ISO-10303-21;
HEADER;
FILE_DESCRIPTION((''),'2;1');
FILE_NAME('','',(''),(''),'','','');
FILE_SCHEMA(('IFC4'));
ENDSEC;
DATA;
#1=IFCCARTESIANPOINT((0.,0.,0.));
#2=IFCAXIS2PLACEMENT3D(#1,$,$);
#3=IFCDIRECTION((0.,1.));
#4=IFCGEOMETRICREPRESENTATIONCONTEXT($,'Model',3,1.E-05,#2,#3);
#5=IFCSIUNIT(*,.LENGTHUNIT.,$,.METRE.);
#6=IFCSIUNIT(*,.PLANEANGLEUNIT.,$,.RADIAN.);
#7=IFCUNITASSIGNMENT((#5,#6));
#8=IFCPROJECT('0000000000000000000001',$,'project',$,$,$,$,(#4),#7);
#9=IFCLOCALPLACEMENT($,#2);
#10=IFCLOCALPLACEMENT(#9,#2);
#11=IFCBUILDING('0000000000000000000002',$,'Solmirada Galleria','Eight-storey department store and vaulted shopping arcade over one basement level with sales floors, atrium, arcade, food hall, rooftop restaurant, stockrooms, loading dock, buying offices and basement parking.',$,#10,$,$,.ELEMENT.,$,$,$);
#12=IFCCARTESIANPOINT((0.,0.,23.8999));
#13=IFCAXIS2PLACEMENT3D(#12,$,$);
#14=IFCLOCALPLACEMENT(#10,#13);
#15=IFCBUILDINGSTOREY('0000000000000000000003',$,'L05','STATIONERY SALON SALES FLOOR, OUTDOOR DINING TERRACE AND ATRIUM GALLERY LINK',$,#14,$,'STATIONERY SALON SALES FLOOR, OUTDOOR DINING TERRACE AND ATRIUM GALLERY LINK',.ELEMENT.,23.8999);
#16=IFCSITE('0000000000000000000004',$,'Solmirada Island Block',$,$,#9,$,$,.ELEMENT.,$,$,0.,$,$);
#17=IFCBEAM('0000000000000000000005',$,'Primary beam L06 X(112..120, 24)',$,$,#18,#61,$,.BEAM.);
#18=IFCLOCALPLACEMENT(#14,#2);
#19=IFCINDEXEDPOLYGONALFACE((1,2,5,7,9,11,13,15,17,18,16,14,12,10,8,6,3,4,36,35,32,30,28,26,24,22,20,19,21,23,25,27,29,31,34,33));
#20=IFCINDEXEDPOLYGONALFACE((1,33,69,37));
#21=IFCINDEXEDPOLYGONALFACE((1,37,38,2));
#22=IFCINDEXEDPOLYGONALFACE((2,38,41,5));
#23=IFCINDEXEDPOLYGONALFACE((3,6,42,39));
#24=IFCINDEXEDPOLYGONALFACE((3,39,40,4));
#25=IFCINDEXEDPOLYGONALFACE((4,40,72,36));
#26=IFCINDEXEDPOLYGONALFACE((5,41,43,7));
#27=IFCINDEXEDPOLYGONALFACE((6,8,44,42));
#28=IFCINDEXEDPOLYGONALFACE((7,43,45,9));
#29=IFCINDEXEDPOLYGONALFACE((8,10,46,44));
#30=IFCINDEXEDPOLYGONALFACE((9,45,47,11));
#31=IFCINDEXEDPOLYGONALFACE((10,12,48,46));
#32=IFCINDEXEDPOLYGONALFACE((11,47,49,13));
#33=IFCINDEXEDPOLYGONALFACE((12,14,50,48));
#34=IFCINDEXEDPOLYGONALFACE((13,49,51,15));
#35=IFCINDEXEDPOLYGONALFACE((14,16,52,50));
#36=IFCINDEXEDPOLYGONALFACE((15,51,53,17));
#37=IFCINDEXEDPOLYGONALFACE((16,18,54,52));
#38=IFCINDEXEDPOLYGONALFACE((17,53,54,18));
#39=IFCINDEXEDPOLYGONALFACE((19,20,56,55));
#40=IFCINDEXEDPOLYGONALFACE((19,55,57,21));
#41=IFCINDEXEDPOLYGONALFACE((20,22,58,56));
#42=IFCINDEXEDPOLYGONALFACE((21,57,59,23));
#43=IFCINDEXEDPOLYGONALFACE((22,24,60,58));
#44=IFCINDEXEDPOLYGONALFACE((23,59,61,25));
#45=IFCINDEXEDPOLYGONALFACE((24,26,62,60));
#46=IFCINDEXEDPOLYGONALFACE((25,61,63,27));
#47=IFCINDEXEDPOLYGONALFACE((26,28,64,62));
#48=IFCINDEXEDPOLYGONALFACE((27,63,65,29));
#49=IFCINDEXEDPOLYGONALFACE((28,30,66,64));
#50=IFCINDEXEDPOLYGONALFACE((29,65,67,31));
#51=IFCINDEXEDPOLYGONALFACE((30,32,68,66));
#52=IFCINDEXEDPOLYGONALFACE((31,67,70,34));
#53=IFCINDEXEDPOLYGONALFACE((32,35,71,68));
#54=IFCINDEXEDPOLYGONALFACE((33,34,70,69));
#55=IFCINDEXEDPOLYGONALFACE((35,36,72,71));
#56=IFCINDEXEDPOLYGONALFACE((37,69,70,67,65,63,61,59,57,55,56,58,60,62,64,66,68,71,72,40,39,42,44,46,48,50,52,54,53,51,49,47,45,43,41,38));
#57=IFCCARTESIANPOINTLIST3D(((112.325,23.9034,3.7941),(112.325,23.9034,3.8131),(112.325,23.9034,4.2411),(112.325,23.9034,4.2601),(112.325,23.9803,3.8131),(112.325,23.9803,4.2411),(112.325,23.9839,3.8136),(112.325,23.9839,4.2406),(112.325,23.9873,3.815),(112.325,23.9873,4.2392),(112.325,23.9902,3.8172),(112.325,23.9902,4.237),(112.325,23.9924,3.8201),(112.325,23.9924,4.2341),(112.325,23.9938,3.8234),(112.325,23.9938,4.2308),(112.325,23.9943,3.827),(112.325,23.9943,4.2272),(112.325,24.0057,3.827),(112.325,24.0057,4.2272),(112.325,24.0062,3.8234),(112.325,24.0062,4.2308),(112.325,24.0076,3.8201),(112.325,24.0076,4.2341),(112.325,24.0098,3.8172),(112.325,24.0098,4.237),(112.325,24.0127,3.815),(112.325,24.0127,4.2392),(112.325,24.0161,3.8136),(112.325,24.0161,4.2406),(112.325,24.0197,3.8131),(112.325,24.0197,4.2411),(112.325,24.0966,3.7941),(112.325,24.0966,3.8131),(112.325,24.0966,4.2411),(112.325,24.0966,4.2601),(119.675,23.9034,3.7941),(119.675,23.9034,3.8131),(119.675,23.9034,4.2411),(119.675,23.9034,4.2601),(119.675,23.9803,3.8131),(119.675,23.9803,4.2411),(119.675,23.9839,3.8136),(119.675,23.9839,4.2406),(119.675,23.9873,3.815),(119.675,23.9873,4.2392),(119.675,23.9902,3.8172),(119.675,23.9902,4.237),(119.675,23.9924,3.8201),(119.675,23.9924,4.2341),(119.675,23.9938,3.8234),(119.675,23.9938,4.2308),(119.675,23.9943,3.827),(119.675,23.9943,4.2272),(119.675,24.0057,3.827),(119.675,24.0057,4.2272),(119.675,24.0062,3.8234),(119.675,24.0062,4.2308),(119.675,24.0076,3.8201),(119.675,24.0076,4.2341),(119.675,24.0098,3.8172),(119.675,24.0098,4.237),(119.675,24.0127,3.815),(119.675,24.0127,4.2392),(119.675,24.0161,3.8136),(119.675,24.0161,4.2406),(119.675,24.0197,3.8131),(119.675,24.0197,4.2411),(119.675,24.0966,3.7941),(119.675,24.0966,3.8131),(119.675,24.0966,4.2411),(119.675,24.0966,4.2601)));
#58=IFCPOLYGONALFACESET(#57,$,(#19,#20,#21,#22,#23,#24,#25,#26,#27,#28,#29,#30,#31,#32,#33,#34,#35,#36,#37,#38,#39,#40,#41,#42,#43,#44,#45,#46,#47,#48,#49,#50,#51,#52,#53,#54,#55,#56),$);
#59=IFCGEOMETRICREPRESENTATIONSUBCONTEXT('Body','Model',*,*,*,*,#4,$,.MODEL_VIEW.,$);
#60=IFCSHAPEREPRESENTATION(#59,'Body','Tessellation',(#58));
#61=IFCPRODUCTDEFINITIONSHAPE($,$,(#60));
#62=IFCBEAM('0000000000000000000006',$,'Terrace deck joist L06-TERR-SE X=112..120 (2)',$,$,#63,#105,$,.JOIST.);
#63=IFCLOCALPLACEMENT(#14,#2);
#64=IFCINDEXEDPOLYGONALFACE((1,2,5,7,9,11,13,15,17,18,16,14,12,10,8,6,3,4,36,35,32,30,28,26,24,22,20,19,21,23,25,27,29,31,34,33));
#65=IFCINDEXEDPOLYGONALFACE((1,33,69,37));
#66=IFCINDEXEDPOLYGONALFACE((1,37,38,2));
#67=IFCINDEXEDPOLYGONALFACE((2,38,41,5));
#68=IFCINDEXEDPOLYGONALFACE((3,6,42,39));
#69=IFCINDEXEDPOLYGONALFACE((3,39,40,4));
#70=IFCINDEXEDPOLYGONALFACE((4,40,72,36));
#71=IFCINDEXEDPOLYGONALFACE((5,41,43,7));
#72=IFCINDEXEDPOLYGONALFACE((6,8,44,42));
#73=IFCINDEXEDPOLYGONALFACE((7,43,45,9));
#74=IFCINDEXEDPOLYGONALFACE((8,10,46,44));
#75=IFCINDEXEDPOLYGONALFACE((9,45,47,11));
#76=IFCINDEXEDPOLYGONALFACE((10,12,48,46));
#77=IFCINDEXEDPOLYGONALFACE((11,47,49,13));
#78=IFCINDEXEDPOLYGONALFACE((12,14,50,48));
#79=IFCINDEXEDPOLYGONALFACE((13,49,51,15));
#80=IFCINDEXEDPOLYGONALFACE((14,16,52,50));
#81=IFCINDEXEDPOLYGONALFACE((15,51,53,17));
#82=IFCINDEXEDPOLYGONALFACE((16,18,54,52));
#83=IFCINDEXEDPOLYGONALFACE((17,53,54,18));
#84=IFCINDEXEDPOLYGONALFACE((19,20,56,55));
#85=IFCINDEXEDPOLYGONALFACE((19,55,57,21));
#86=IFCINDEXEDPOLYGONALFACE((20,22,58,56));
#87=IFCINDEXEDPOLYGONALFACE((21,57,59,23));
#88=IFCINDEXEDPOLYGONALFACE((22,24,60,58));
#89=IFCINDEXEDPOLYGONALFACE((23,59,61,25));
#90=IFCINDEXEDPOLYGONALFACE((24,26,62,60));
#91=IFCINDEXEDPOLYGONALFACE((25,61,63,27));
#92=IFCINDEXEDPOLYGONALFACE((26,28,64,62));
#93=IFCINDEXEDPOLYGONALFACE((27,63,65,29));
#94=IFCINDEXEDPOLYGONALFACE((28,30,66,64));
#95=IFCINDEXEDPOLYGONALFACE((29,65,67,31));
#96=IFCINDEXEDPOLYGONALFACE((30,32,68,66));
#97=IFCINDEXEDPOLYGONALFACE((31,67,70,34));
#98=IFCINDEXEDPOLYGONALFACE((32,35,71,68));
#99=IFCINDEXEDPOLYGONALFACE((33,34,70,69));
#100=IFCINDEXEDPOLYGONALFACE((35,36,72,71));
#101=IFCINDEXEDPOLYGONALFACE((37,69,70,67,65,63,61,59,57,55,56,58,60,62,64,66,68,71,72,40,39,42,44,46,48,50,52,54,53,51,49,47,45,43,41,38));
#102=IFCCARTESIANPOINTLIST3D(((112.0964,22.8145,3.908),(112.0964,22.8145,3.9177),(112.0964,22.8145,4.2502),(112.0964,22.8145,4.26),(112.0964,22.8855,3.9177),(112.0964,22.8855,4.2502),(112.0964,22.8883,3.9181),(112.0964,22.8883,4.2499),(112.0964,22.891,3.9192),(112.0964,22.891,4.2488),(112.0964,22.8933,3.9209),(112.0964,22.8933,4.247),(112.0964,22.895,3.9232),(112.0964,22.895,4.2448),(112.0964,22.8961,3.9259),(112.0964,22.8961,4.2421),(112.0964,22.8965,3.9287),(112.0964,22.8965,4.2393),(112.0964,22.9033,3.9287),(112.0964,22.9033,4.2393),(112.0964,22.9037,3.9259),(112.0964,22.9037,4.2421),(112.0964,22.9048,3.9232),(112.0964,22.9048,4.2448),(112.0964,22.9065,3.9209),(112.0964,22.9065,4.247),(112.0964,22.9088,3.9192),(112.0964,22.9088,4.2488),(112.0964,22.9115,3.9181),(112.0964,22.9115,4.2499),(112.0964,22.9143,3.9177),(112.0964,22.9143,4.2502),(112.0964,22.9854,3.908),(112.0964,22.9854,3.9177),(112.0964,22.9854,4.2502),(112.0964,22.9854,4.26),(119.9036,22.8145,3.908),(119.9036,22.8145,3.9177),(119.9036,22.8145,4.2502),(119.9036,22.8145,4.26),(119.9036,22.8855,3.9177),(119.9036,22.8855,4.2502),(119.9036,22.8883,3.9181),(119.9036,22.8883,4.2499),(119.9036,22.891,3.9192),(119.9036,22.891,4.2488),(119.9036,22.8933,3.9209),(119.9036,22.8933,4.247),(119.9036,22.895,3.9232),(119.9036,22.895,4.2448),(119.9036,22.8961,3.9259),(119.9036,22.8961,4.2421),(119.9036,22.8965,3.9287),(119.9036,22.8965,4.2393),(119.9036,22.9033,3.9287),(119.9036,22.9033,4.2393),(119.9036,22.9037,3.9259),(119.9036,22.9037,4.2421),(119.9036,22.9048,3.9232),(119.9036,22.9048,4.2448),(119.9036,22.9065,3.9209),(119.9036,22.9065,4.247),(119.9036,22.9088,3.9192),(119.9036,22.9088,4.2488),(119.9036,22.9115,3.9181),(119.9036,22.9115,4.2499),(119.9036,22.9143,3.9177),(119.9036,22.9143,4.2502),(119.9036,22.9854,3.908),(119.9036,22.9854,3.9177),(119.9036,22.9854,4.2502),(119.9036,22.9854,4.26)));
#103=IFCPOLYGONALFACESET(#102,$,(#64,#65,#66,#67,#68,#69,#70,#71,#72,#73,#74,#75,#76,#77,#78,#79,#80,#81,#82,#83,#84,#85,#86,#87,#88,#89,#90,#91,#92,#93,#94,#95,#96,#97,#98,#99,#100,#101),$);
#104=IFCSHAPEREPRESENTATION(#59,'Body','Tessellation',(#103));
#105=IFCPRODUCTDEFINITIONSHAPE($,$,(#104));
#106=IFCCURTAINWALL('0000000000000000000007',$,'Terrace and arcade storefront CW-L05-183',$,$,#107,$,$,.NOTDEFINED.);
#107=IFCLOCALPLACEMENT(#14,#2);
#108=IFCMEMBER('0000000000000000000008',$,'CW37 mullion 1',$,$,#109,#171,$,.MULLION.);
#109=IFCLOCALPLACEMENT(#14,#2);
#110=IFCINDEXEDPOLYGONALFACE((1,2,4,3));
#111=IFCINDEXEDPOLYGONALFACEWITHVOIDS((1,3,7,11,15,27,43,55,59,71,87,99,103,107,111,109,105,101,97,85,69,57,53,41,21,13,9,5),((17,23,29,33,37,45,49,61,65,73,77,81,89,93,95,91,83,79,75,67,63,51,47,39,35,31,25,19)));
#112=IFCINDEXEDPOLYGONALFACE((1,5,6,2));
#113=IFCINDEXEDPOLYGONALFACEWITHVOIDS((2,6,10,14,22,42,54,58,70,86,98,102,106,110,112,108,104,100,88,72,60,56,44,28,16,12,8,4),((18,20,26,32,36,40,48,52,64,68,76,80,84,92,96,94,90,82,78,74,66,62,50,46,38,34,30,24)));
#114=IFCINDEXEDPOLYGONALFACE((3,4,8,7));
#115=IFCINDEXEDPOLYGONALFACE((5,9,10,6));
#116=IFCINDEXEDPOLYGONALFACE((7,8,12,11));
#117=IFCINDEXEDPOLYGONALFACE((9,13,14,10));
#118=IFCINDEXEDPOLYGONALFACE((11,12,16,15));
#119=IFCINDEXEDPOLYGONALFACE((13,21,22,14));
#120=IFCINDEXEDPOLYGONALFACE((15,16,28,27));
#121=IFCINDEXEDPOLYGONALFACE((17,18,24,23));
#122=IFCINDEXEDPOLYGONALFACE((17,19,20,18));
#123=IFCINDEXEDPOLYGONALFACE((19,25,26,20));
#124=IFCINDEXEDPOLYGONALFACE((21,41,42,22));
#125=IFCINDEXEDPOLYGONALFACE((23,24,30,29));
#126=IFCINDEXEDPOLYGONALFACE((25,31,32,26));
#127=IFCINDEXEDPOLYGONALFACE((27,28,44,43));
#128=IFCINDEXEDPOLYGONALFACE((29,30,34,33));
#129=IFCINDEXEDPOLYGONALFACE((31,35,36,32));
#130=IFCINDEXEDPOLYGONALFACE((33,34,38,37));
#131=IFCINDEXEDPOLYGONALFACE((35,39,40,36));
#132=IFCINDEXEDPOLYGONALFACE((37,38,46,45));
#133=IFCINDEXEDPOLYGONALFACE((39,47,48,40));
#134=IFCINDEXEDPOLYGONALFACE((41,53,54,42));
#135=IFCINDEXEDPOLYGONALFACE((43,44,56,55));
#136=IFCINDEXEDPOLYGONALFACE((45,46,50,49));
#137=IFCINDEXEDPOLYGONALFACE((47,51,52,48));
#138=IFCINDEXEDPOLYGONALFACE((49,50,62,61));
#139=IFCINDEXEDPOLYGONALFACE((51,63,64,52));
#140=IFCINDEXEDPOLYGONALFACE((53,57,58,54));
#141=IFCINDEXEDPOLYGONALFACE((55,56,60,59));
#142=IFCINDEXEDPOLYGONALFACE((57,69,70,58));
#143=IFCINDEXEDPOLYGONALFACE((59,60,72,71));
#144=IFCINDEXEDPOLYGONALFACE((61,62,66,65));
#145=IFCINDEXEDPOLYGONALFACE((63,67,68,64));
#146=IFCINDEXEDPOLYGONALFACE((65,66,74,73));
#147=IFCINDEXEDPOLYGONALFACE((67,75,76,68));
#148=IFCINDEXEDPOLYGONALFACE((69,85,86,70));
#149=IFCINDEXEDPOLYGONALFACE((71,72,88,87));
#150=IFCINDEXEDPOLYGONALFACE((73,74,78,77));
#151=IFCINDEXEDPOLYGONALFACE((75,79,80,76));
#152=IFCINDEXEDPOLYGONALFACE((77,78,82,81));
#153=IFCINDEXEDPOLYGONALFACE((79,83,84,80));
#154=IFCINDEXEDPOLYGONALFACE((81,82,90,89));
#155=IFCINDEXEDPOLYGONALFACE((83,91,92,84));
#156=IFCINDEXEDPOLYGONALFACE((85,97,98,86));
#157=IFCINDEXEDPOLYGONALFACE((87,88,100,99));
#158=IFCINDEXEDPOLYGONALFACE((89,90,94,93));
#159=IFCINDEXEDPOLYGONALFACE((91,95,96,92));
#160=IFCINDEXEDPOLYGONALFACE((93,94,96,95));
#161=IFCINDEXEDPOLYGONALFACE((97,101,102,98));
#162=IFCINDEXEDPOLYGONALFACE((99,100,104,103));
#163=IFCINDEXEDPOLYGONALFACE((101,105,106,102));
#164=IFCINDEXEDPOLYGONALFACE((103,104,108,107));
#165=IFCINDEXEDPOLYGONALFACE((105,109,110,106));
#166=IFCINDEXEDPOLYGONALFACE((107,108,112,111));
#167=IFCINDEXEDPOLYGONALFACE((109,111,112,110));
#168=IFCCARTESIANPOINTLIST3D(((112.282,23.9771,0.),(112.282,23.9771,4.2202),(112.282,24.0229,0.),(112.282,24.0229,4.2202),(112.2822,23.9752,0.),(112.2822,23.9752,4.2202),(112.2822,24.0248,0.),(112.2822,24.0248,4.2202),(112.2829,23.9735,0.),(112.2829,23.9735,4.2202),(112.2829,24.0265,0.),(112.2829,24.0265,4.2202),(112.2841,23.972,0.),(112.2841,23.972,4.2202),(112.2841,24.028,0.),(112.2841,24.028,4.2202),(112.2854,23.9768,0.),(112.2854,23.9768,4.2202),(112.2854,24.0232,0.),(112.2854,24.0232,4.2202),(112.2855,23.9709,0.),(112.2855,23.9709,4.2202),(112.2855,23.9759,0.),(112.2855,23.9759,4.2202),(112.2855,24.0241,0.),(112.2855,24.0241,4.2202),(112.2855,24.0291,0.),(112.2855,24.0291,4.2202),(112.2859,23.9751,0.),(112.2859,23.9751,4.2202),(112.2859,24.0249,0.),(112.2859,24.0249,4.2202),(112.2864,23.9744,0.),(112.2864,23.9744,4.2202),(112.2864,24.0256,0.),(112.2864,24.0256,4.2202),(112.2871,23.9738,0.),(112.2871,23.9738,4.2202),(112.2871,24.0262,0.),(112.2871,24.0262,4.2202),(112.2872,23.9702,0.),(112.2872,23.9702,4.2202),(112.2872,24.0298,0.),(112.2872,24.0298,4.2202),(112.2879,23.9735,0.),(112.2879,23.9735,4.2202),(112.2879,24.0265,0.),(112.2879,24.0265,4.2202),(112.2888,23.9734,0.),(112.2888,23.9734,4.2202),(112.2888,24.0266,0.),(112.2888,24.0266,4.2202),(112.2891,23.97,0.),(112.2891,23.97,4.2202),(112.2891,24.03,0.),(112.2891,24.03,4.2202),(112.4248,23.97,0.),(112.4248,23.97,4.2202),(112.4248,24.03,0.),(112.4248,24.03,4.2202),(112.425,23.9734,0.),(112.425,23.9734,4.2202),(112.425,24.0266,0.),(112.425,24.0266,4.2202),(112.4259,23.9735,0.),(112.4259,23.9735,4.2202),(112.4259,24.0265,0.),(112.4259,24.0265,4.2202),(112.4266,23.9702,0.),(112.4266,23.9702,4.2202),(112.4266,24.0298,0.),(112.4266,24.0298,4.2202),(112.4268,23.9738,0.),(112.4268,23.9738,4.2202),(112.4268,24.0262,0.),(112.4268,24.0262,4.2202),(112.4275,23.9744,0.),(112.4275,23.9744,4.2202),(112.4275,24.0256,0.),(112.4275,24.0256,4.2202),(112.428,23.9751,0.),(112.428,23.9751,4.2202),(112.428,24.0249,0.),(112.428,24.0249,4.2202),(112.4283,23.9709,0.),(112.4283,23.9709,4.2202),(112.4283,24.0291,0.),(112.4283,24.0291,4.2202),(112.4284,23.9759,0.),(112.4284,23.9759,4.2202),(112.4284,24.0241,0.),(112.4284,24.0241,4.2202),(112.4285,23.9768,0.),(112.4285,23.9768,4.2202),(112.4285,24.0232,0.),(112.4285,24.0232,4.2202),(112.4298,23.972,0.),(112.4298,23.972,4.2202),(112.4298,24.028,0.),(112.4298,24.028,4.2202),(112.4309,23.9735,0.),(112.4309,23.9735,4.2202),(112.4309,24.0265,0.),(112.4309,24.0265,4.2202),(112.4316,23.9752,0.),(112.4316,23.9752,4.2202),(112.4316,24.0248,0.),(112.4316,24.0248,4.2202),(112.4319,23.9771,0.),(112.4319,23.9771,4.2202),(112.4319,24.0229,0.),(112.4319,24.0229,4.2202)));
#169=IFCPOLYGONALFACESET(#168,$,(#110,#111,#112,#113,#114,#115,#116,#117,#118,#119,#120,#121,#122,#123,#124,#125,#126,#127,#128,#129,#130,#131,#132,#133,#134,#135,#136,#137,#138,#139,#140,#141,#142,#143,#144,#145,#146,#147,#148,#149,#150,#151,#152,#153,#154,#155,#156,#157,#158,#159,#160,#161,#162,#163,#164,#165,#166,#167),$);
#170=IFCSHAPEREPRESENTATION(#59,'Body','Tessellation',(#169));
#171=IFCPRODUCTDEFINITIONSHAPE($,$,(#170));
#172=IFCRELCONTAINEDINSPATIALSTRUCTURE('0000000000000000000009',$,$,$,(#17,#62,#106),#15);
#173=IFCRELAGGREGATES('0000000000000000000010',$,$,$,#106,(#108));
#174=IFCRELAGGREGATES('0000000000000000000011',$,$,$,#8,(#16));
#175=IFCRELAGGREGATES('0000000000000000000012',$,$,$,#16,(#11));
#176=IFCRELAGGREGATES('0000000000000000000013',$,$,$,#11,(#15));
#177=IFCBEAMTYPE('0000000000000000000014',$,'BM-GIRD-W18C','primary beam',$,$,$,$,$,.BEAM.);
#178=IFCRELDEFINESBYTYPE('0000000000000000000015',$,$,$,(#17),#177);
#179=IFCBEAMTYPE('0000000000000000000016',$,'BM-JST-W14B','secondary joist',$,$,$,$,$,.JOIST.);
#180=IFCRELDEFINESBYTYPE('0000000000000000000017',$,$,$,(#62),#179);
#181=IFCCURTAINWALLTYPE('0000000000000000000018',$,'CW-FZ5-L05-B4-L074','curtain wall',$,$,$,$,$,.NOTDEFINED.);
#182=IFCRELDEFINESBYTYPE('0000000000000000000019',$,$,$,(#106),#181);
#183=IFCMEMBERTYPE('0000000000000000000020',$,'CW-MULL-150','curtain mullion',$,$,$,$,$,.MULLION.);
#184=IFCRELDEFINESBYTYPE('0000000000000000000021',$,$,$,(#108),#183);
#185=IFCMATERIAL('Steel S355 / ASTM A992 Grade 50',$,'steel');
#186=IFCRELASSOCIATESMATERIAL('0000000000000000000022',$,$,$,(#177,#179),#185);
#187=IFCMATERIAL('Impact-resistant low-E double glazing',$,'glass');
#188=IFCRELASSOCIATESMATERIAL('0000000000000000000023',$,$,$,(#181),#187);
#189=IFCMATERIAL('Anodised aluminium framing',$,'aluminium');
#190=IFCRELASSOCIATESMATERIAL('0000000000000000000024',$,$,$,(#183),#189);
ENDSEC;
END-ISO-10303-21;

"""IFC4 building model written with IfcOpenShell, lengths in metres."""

from ifc_helpers import new_model, si_unit, direction, frame, origin, origin_2d, place, context, subcontext, project, spatial, hollow_rectangle, i_section, extrude, material, material_profile, profile_set, type_object, element, aggregate, save


model = new_model("IFC4")

# Units and contexts
model_context = context("Model", 3, precision=1e-05, world=origin(), true_north=direction((0.0, 1.0)))
body_context = subcontext(model_context, "Body", "Model", "MODEL_VIEW")
ifc_project = project(units=[si_unit("LENGTHUNIT", "METRE"), si_unit("PLANEANGLEUNIT", "RADIAN")], contexts=[model_context])

# Site, building, storey
site_placement = place(None, origin())
site = spatial("IfcSite", under=ifc_project, at=site_placement, Name="Solmirada Island Block", CompositionType="ELEMENT", RefElevation=0.0)
building_placement = place(site_placement, origin())
building = spatial("IfcBuilding", under=site, at=building_placement, Name="Solmirada Galleria", Description="Eight-storey department store and vaulted shopping arcade over one basement level with sales floors, atrium, arcade, food hall, rooftop restaurant, stockrooms, loading dock, buying offices and basement parking.", CompositionType="ELEMENT")
storey_placement = place(building_placement, frame((0.0, 0.0, 23.8999)))
storey = spatial("IfcBuildingStorey", under=building, at=storey_placement, Name="L05", Description="STATIONERY SALON SALES FLOOR, OUTDOOR DINING TERRACE AND ATRIUM GALLERY LINK", LongName="STATIONERY SALON SALES FLOOR, OUTDOOR DINING TERRACE AND ATRIUM GALLERY LINK", CompositionType="ELEMENT", Elevation=23.8999)

# Beams
ifc_material_1 = material(Name="Steel S355 / ASTM A992 Grade 50", Category="steel")
ifc_material_profile_1 = material_profile(ifc_material_1, i_section(OverallWidth=0.1931, OverallDepth=0.4661, WebThickness=0.0115, FlangeThickness=0.019, FilletRadius=0.0139, at=origin_2d()), Name="W18X65")
ifc_profile_set_1 = profile_set([ifc_material_profile_1], Name="Steel S355 / ASTM A992 Grade 50")
beam_type_1 = type_object("IfcBeamType", Name="BM-GIRD-W18C", Description="primary beam", PredefinedType="BEAM", material=ifc_profile_set_1)
beam_1_placement = place(storey_placement, frame((112.325, 24.0, 4.0271), z_axis=(1.0, 0.0, 0.0), x_axis=(0.0, 1.0, 0.0)))
element("IfcBeam", 1, at=beam_1_placement, inside=storey, type_object=beam_type_1, Name="Primary beam L06 X(112..120, 24)", PredefinedType="BEAM", context=body_context, shape_type="SweptSolid", body=[
    extrude(i_section(OverallWidth=0.1931, OverallDepth=0.4661, WebThickness=0.0115, FlangeThickness=0.019, FilletRadius=0.0139, at=origin_2d()), origin(), (0.0, 0.0, 1.0), 7.3501),
])
ifc_material_profile_2 = material_profile(ifc_material_1, i_section(OverallWidth=0.1709, OverallDepth=0.3521, WebThickness=0.0068, FlangeThickness=0.0098, FilletRadius=0.011, at=origin_2d()), Name="W14X30")
ifc_profile_set_2 = profile_set([ifc_material_profile_2], Name="Steel S355 / ASTM A992 Grade 50")
beam_type_2 = type_object("IfcBeamType", Name="BM-JST-W14B", Description="secondary joist", PredefinedType="JOIST", material=ifc_profile_set_2)
beam_2_placement = place(storey_placement, frame((112.0964, 22.8999, 4.084), z_axis=(1.0, 0.0, 0.0), x_axis=(0.0, 1.0, 0.0)))
element("IfcBeam", 2, at=beam_2_placement, inside=storey, type_object=beam_type_2, Name="Terrace deck joist L06-TERR-SE X=112..120 (2)", PredefinedType="JOIST", context=body_context, shape_type="SweptSolid", body=[
    extrude(i_section(OverallWidth=0.1709, OverallDepth=0.3521, WebThickness=0.0068, FlangeThickness=0.0098, FilletRadius=0.011, at=origin_2d()), origin(), (0.0, 0.0, 1.0), 7.8071),
])

# Curtain wall, member
ifc_material_2 = material(Name="Impact-resistant low-E double glazing", Category="glass")
curtain_wall_type = type_object("IfcCurtainWallType", Name="CW-FZ5-L05-B4-L074", Description="curtain wall", PredefinedType="NOTDEFINED", material=ifc_material_2)
curtain_wall_placement = place(storey_placement, origin())
curtain_wall = element("IfcCurtainWall", 3, at=curtain_wall_placement, inside=storey, type_object=curtain_wall_type, Name="Terrace and arcade storefront CW-L05-183", PredefinedType="NOTDEFINED")
ifc_material_3 = material(Name="Anodised aluminium framing", Category="aluminium")
ifc_material_profile_3 = material_profile(ifc_material_3, hollow_rectangle(XDim=0.0601, YDim=0.1499, WallThickness=0.0034, InnerFilletRadius=0.0034, OuterFilletRadius=0.0071, at=origin_2d()), Name="ALU-MULL-150X60")
ifc_profile_set_3 = profile_set([ifc_material_profile_3], Name="Anodised aluminium framing")
member_type_1 = type_object("IfcMemberType", Name="CW-MULL-150", Description="curtain mullion", PredefinedType="MULLION", material=ifc_profile_set_3)
member_1_placement = place(storey_placement, frame((112.3569, 24.0, 0.0), z_axis=(0.0, 0.0, 1.0), x_axis=(0.0, 1.0, 0.0)))
member_1 = element("IfcMember", 4, at=member_1_placement, type_object=member_type_1, Name="CW37 mullion 1", PredefinedType="MULLION", context=body_context, shape_type="SweptSolid", body=[
    extrude(hollow_rectangle(XDim=0.0601, YDim=0.1499, WallThickness=0.0034, InnerFilletRadius=0.0034, OuterFilletRadius=0.0071, at=origin_2d()), origin(), (0.0, 0.0, 1.0), 4.2202),
])
aggregate(curtain_wall, [member_1])

save(model, "model.ifc")
